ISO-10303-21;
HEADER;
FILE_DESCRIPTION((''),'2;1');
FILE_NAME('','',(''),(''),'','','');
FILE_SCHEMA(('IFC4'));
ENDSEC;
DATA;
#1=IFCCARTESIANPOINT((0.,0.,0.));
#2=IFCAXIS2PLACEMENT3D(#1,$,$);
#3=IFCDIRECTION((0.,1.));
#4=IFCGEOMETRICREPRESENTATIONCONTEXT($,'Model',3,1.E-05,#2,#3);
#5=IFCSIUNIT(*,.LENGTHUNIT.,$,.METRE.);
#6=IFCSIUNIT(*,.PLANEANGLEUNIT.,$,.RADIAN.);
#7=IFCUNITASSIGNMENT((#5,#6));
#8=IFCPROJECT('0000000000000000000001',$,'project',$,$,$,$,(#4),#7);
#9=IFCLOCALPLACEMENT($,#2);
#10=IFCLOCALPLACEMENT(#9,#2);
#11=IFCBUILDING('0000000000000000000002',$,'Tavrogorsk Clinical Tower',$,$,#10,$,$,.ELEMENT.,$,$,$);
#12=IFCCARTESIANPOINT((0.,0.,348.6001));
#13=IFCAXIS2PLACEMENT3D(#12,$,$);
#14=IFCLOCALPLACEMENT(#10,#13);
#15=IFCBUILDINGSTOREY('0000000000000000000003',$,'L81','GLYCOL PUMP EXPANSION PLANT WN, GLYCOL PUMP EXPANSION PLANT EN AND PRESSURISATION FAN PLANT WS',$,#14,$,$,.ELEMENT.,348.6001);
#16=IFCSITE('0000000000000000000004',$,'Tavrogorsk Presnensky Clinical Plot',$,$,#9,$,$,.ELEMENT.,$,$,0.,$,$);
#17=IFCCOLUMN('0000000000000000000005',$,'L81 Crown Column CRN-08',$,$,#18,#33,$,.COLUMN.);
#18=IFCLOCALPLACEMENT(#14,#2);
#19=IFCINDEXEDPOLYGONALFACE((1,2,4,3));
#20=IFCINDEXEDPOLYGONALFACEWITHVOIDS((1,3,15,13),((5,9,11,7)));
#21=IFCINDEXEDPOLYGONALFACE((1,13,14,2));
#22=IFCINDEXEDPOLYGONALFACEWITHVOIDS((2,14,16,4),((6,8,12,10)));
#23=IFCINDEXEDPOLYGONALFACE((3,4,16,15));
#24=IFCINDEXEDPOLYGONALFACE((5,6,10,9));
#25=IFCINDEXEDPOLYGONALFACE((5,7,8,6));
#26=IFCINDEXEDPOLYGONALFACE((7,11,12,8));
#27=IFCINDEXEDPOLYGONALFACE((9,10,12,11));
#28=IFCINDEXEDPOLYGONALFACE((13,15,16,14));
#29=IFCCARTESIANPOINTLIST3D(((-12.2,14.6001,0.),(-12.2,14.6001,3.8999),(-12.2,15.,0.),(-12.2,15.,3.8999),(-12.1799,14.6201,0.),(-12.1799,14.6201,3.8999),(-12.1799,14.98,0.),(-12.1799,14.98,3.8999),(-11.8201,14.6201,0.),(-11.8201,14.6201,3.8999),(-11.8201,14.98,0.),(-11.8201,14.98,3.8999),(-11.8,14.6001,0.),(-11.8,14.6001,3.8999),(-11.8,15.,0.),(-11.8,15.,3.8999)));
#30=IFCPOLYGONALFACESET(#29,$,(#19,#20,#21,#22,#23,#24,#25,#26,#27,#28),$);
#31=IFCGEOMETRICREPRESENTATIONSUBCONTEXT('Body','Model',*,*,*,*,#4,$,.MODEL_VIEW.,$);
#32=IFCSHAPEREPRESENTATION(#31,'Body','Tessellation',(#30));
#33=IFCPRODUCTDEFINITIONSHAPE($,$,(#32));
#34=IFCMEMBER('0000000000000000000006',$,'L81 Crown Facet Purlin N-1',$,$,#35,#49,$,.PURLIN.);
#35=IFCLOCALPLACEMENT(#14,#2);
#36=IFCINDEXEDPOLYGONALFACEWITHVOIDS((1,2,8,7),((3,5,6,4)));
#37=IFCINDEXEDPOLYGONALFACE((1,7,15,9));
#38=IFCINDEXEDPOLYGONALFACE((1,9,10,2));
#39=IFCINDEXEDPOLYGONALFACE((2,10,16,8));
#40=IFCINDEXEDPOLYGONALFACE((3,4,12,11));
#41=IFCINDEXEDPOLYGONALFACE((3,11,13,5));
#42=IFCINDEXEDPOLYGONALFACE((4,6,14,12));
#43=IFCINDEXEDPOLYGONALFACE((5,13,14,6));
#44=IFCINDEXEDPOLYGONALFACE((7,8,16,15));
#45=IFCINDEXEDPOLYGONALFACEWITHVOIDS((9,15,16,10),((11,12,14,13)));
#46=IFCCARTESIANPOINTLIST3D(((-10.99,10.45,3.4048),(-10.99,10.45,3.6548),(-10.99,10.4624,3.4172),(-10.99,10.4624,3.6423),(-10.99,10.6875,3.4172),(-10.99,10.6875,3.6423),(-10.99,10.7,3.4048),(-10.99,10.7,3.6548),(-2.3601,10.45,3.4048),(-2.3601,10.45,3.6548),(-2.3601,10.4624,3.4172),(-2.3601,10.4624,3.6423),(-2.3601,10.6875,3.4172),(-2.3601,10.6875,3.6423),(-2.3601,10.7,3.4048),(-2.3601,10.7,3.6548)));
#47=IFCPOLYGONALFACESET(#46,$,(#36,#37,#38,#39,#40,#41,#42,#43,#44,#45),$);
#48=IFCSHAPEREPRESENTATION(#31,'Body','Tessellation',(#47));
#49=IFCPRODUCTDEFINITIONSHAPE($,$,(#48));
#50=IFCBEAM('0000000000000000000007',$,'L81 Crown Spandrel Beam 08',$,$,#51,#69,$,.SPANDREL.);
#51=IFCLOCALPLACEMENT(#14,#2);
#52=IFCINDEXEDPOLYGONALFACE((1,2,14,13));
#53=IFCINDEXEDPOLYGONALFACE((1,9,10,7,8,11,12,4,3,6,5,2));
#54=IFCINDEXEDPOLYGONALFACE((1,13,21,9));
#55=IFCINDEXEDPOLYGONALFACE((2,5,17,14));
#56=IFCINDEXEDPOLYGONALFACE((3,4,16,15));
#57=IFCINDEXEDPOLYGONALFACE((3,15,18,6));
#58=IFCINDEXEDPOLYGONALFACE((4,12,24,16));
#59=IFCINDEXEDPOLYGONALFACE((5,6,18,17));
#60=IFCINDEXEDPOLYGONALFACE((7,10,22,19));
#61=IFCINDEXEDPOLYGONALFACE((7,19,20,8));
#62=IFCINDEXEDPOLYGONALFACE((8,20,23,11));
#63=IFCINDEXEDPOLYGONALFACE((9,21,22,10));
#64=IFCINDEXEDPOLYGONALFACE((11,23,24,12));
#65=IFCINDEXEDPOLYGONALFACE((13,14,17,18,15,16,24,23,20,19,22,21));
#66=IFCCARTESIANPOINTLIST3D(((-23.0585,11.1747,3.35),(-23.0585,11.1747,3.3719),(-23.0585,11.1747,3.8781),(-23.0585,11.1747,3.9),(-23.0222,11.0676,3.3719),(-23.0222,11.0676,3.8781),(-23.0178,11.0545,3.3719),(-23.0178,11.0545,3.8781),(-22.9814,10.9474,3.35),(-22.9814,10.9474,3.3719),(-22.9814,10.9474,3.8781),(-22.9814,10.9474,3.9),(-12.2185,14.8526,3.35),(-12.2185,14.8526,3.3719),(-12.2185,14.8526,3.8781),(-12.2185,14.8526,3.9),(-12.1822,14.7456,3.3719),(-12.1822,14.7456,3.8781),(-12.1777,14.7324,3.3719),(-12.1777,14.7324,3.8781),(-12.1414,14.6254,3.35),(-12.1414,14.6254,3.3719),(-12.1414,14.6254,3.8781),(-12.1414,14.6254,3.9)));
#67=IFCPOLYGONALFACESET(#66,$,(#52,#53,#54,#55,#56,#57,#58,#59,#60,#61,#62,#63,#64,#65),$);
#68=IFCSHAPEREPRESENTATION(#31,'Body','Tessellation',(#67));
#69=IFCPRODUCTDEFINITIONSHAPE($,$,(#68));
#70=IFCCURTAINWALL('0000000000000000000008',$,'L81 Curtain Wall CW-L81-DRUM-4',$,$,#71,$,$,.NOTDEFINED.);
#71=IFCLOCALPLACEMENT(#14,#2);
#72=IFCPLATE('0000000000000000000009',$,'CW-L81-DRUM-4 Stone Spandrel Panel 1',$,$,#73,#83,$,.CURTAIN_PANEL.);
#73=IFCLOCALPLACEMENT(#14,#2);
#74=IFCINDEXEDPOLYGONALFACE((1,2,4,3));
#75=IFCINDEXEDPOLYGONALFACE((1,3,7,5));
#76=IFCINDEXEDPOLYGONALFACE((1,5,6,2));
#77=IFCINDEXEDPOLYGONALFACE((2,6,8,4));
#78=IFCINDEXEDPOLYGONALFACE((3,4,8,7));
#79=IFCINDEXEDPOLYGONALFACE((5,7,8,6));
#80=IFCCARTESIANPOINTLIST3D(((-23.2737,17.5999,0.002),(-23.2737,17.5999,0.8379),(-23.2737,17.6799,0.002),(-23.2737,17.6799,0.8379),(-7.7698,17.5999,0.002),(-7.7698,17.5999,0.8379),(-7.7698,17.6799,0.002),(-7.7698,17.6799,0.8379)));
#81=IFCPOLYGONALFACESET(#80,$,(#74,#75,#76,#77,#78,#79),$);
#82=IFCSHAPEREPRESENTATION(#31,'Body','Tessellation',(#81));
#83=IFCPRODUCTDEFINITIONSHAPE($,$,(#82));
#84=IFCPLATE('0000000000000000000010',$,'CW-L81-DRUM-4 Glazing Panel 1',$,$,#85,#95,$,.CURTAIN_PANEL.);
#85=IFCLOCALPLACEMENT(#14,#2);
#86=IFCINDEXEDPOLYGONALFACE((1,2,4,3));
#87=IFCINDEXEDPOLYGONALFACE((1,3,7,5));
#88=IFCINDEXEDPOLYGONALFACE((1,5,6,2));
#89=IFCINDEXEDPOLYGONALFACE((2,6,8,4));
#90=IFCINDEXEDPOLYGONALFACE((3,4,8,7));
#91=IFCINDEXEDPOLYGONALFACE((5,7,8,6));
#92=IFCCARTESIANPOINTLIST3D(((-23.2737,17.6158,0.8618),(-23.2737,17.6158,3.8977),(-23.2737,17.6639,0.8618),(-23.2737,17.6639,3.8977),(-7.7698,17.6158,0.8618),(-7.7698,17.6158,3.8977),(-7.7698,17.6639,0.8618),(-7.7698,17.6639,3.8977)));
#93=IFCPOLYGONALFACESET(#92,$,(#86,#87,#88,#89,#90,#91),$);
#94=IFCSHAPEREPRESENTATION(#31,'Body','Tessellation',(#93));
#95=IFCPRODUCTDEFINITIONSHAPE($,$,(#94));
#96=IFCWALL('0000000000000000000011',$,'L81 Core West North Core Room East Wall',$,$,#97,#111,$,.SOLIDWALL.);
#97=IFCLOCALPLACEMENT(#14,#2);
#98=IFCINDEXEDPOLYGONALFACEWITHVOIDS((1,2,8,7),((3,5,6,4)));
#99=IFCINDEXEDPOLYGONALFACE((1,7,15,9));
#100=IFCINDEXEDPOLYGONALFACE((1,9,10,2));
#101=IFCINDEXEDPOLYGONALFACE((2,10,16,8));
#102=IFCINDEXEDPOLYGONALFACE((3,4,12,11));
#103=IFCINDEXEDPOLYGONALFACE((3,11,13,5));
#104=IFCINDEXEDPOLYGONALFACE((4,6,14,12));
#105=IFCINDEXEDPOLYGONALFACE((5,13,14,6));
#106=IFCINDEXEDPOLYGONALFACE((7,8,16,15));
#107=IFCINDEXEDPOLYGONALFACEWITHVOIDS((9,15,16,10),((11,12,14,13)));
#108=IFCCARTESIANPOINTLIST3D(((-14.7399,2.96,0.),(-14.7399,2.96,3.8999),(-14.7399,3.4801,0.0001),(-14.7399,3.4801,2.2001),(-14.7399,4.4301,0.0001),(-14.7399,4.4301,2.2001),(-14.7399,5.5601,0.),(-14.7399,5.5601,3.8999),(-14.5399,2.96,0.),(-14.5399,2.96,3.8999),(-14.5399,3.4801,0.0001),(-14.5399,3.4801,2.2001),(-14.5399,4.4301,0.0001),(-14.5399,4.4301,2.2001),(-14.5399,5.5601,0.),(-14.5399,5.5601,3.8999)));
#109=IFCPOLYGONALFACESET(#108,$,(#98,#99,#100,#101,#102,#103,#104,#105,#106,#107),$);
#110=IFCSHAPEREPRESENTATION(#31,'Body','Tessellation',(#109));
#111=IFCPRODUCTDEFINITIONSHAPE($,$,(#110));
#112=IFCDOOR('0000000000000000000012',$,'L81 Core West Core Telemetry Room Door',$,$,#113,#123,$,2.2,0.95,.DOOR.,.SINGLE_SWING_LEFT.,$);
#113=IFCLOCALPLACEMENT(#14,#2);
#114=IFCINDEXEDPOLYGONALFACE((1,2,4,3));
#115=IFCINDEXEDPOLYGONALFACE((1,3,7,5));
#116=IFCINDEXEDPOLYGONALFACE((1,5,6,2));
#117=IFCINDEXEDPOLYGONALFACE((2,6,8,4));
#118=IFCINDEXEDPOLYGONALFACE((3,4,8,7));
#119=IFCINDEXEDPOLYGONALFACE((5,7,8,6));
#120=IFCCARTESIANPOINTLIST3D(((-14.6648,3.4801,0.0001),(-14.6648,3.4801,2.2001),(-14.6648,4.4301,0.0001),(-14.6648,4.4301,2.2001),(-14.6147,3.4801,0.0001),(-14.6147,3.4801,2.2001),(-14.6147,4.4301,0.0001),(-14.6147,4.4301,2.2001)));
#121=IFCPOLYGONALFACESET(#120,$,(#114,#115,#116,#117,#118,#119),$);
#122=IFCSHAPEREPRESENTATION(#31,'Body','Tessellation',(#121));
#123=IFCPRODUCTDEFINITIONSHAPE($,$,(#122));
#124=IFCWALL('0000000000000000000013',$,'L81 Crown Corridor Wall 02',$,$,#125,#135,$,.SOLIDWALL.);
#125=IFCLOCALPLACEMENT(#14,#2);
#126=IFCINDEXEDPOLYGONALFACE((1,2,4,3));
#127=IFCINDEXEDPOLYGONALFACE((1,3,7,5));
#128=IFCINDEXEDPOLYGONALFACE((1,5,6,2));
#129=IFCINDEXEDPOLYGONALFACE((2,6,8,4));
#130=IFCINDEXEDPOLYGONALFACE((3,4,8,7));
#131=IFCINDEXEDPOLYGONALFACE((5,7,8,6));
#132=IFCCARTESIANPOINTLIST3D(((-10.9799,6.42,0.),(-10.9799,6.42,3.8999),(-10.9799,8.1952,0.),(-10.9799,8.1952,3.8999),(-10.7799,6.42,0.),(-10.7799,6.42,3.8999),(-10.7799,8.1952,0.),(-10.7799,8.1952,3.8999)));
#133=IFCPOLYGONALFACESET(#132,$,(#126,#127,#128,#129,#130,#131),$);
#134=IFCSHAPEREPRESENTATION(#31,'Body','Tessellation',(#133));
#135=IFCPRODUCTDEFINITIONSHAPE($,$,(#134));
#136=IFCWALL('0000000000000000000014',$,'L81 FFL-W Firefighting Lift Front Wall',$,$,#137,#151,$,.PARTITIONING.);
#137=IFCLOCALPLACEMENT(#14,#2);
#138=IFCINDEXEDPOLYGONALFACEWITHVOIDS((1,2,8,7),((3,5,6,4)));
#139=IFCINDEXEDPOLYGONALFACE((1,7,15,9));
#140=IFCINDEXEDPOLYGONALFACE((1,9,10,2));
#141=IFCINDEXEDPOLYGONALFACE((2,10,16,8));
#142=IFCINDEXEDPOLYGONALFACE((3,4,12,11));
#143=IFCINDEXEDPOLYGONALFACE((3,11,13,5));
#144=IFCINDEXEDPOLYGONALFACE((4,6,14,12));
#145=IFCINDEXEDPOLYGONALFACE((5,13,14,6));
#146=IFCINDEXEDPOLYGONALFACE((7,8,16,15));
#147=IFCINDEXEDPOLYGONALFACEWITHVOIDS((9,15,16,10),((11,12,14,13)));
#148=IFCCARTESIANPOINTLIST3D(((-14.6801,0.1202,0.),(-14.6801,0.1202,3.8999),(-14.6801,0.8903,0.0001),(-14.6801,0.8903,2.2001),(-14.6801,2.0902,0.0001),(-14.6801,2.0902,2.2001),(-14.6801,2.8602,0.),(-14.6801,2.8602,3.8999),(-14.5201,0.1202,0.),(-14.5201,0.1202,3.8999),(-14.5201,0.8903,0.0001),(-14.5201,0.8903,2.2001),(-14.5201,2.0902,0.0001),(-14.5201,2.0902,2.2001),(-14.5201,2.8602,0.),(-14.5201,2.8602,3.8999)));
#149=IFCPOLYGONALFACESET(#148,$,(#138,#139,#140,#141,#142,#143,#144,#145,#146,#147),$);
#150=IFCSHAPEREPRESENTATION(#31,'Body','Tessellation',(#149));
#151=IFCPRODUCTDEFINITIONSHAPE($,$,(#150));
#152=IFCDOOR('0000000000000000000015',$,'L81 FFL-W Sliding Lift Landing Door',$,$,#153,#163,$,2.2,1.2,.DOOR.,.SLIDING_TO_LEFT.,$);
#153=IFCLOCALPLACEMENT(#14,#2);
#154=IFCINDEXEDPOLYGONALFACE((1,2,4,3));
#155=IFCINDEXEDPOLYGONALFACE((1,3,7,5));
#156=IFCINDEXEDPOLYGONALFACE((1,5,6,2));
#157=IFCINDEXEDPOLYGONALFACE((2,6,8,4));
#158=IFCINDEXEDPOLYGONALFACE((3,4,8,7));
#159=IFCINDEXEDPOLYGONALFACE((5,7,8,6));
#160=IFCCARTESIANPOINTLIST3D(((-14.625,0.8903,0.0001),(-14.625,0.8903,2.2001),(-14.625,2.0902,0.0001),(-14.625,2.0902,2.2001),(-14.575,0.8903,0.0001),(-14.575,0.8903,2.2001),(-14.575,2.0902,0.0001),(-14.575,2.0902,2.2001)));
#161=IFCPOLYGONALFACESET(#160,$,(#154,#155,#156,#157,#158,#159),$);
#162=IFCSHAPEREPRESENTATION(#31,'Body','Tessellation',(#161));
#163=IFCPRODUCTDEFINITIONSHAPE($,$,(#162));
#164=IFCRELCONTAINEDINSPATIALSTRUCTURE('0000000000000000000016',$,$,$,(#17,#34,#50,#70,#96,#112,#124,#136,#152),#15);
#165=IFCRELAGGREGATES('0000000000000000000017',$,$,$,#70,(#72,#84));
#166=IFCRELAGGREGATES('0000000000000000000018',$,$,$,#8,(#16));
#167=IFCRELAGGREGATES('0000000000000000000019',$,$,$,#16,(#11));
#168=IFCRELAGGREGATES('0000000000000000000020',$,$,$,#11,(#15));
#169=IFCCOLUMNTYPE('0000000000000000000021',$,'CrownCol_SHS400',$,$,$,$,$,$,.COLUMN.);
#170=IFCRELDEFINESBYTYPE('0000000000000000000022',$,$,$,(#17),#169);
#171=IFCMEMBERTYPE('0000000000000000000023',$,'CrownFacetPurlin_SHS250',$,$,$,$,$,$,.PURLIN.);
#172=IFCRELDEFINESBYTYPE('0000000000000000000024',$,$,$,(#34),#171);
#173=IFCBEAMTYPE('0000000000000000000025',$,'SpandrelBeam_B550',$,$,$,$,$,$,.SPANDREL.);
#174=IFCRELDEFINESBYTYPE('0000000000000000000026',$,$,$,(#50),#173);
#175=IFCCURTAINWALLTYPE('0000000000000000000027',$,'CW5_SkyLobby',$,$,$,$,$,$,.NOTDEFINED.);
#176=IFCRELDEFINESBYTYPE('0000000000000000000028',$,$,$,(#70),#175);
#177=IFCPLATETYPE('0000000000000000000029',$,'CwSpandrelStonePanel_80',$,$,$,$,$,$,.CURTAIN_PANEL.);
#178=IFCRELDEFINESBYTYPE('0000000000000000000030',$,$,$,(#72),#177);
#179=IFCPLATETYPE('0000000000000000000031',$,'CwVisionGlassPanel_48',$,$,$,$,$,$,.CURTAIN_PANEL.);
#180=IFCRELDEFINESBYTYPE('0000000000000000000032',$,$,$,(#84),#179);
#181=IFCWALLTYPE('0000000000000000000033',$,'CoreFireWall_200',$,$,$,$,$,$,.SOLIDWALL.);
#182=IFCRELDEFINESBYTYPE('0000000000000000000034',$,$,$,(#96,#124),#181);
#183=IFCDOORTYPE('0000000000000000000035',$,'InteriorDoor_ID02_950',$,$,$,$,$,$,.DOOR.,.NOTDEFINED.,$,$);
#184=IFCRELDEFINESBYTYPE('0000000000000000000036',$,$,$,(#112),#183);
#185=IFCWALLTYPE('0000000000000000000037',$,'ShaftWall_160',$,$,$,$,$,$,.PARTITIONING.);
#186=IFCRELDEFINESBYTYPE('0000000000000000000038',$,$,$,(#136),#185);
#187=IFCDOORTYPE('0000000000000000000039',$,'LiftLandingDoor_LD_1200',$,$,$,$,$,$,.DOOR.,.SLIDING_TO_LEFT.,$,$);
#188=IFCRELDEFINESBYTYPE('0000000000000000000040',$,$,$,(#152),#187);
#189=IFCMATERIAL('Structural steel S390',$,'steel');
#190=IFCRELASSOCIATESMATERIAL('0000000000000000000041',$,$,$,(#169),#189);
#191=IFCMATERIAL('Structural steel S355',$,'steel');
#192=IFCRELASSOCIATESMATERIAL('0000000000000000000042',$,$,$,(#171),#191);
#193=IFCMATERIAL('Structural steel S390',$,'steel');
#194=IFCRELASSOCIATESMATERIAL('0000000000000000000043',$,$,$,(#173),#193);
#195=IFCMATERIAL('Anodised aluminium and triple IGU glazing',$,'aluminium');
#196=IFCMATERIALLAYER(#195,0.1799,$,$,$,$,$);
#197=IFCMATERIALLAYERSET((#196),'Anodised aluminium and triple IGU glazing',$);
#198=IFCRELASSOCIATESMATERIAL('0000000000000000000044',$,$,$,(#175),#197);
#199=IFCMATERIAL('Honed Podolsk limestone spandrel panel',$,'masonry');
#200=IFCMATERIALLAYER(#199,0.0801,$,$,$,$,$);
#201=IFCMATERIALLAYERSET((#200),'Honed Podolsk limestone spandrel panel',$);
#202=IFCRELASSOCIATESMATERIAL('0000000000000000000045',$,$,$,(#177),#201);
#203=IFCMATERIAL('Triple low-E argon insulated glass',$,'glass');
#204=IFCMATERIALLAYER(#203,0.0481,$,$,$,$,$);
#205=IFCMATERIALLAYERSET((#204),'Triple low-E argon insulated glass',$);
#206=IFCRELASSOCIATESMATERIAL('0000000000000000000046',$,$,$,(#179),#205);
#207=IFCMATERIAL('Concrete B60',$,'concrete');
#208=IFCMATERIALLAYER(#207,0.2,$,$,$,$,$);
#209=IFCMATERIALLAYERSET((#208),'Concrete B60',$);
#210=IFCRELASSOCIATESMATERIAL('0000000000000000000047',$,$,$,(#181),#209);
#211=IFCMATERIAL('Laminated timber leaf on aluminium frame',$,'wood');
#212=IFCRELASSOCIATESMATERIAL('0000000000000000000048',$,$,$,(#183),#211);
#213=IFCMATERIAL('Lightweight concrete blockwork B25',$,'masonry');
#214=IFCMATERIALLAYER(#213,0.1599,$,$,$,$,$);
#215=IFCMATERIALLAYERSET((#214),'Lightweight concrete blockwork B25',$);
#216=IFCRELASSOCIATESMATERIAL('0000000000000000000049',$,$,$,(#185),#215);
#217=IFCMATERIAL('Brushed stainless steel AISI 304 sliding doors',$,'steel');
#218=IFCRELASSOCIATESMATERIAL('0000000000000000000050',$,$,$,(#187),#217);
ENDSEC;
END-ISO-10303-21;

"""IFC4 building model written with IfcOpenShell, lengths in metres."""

from ifc_helpers import new_model, si_unit, direction, frame, frame_2d, origin, origin_2d, place, context, subcontext, project, spatial, rectangle, hollow_rectangle, i_section, extrude, material, layer, layer_set, material_profile, profile_set, type_object, element, fill, aggregate, save


model = new_model("IFC4")

# Units and contexts
model_context = context("Model", 3, precision=1e-05, world=origin(), true_north=direction((0.0, 1.0)))
body_context = subcontext(model_context, "Body", "Model", "MODEL_VIEW")
ifc_project = project(units=[si_unit("LENGTHUNIT", "METRE"), si_unit("PLANEANGLEUNIT", "RADIAN")], contexts=[model_context])

# Site, building, storey
site_placement = place(None, origin())
site = spatial("IfcSite", under=ifc_project, at=site_placement, Name="Tavrogorsk Presnensky Clinical Plot", CompositionType="ELEMENT", RefElevation=0.0)
building_placement = place(site_placement, origin())
building = spatial("IfcBuilding", under=site, at=building_placement, Name="Tavrogorsk Clinical Tower", CompositionType="ELEMENT")
storey_placement = place(building_placement, frame((0.0, 0.0, 348.6001)))
storey = spatial("IfcBuildingStorey", under=building, at=storey_placement, Name="L81", Description="GLYCOL PUMP EXPANSION PLANT WN, GLYCOL PUMP EXPANSION PLANT EN AND PRESSURISATION FAN PLANT WS", CompositionType="ELEMENT", Elevation=348.6001)

# Column
ifc_material_1 = material(Name="Structural steel S390", Category="steel")
ifc_material_profile_1 = material_profile(ifc_material_1, hollow_rectangle(XDim=0.3999, YDim=0.3999, WallThickness=0.02, at=origin_2d()), Name="SHS-400x400x20")
ifc_profile_set_1 = profile_set([ifc_material_profile_1], Name="Structural steel S390")
column_type = type_object("IfcColumnType", Name="CrownCol_SHS400", PredefinedType="COLUMN", material=ifc_profile_set_1)
column_placement = place(storey_placement, frame((-12.0, 14.8, 0.0), z_axis=(0.0, 0.0, 1.0), x_axis=(1.0, 0.0, 0.0)))
element("IfcColumn", 1, at=column_placement, inside=storey, type_object=column_type, Name="L81 Crown Column CRN-08", PredefinedType="COLUMN", context=body_context, shape_type="SweptSolid", body=[
    extrude(hollow_rectangle(XDim=0.3999, YDim=0.3999, WallThickness=0.02, at=origin_2d()), origin(), (0.0, 0.0, 1.0), 3.8999),
])

# Member
ifc_material_2 = material(Name="Structural steel S355", Category="steel")
ifc_material_profile_2 = material_profile(ifc_material_2, hollow_rectangle(XDim=0.25, YDim=0.25, WallThickness=0.0125, at=origin_2d()), Name="SHS-250x250x12.5")
ifc_profile_set_2 = profile_set([ifc_material_profile_2], Name="Structural steel S355")
member_type = type_object("IfcMemberType", Name="CrownFacetPurlin_SHS250", PredefinedType="PURLIN", material=ifc_profile_set_2)
member_placement = place(storey_placement, frame((-10.99, 10.575, 3.5298), z_axis=(1.0, 0.0, 0.0), x_axis=(0.0, 1.0, 0.0)))
element("IfcMember", 2, at=member_placement, inside=storey, type_object=member_type, Name="L81 Crown Facet Purlin N-1", PredefinedType="PURLIN", context=body_context, shape_type="SweptSolid", body=[
    extrude(hollow_rectangle(XDim=0.25, YDim=0.25, WallThickness=0.0125, at=origin_2d()), origin(), (0.0, 0.0, 1.0), 8.6299),
])

# Beam
ifc_material_3 = material(Name="Structural steel S390", Category="steel")
ifc_material_profile_3 = material_profile(ifc_material_3, i_section(OverallWidth=0.24, OverallDepth=0.55, WebThickness=0.0139, FlangeThickness=0.022, at=origin_2d()), Name="B-550x240x14x22")
ifc_profile_set_3 = profile_set([ifc_material_profile_3], Name="Structural steel S390")
beam_type = type_object("IfcBeamType", Name="SpandrelBeam_B550", PredefinedType="SPANDREL", material=ifc_profile_set_3)
beam_placement = place(storey_placement, frame((-12.1799, 14.739, 3.625), z_axis=(-0.946976, -0.321304, 0.0), x_axis=(0.321304, -0.946976, 0.0)))
element("IfcBeam", 3, at=beam_placement, inside=storey, type_object=beam_type, Name="L81 Crown Spandrel Beam 08", PredefinedType="SPANDREL", context=body_context, shape_type="SweptSolid", body=[
    extrude(i_section(OverallWidth=0.24, OverallDepth=0.55, WebThickness=0.0139, FlangeThickness=0.022, at=origin_2d()), origin(), (0.0, 0.0, 1.0), 11.447),
])

# Curtain wall, plates
ifc_material_4 = material(Name="Anodised aluminium and triple IGU glazing", Category="aluminium")
ifc_layer_1 = layer(ifc_material_4, 0.1799)
ifc_layer_set_1 = layer_set([ifc_layer_1], Name="Anodised aluminium and triple IGU glazing")
curtain_wall_type = type_object("IfcCurtainWallType", Name="CW5_SkyLobby", PredefinedType="NOTDEFINED", material=ifc_layer_set_1)
curtain_wall_placement = place(storey_placement, origin())
curtain_wall = element("IfcCurtainWall", 4, at=curtain_wall_placement, inside=storey, type_object=curtain_wall_type, Name="L81 Curtain Wall CW-L81-DRUM-4", PredefinedType="NOTDEFINED")
ifc_material_5 = material(Name="Honed Podolsk limestone spandrel panel", Category="masonry")
ifc_layer_2 = layer(ifc_material_5, 0.0801)
ifc_layer_set_2 = layer_set([ifc_layer_2], Name="Honed Podolsk limestone spandrel panel")
plate_type_1 = type_object("IfcPlateType", Name="CwSpandrelStonePanel_80", PredefinedType="CURTAIN_PANEL", material=ifc_layer_set_2)
plate_1_placement = place(storey_placement, frame((-15.5217, 17.6399, 0.002), z_axis=(0.0, 0.0, 1.0), x_axis=(1.0, 0.0, 0.0)))
plate_1 = element("IfcPlate", 5, at=plate_1_placement, type_object=plate_type_1, Name="CW-L81-DRUM-4 Stone Spandrel Panel 1", PredefinedType="CURTAIN_PANEL", context=body_context, shape_type="SweptSolid", body=[
    extrude(rectangle(XDim=15.5039, YDim=0.0801, at=origin_2d()), origin(), (0.0, 0.0, 1.0), 0.8359),
])
ifc_material_6 = material(Name="Triple low-E argon insulated glass", Category="glass")
ifc_layer_3 = layer(ifc_material_6, 0.0481)
ifc_layer_set_3 = layer_set([ifc_layer_3], Name="Triple low-E argon insulated glass")
plate_type_2 = type_object("IfcPlateType", Name="CwVisionGlassPanel_48", PredefinedType="CURTAIN_PANEL", material=ifc_layer_set_3)
plate_2_placement = place(storey_placement, frame((-15.5217, 17.6399, 0.8618), z_axis=(0.0, 0.0, 1.0), x_axis=(1.0, 0.0, 0.0)))
plate_2 = element("IfcPlate", 6, at=plate_2_placement, type_object=plate_type_2, Name="CW-L81-DRUM-4 Glazing Panel 1", PredefinedType="CURTAIN_PANEL", context=body_context, shape_type="SweptSolid", body=[
    extrude(rectangle(XDim=15.5039, YDim=0.0481, at=origin_2d()), origin(), (0.0, 0.0, 1.0), 3.0359),
])
aggregate(curtain_wall, [plate_1, plate_2])

# Wall, opening, door
ifc_material_7 = material(Name="Concrete B60", Category="concrete")
ifc_layer_4 = layer(ifc_material_7, 0.2)
ifc_layer_set_4 = layer_set([ifc_layer_4], Name="Concrete B60")
wall_type_1 = type_object("IfcWallType", Name="CoreFireWall_200", PredefinedType="SOLIDWALL", material=ifc_layer_set_4)
wall_1_placement = place(storey_placement, frame((-14.6399, 2.96, 0.0), z_axis=(0.0, 0.0, 1.0), x_axis=(0.0, 1.0, 0.0)))
wall_1 = element("IfcWall", 7, at=wall_1_placement, inside=storey, type_object=wall_type_1, Name="L81 Core West North Core Room East Wall", PredefinedType="SOLIDWALL", context=body_context, shape_type="SweptSolid", body=[
    extrude(rectangle(XDim=2.6001, YDim=0.2, at=frame_2d((1.3, 0.0))), origin(), (0.0, 0.0, 1.0), 3.8999),
])
opening_1_placement = place(wall_1_placement, frame((0.52, 0.0, 0.0)))
opening_1 = element("IfcOpeningElement", 8, at=opening_1_placement, cuts=wall_1, PredefinedType="OPENING", context=body_context, shape_type="SweptSolid", body=[
    extrude(rectangle(XDim=0.95, YDim=2.2, at=frame_2d((0.4751, 1.1001))), frame((0.0, 0.1099, 0.0), z_axis=(0.0, -1.0, 0.0), x_axis=(1.0, 0.0, 0.0)), (0.0, 0.0, 1.0), 0.22),
])
ifc_material_8 = material(Name="Laminated timber leaf on aluminium frame", Category="wood")
door_type_1 = type_object("IfcDoorType", Name="InteriorDoor_ID02_950", OperationType="NOTDEFINED", PredefinedType="DOOR", material=ifc_material_8)
door_1_placement = place(opening_1_placement, origin())
door_1 = element("IfcDoor", 9, at=door_1_placement, inside=storey, type_object=door_type_1, Name="L81 Core West Core Telemetry Room Door", OperationType="SINGLE_SWING_LEFT", OverallHeight=2.2, OverallWidth=0.95, PredefinedType="DOOR", context=body_context, shape_type="SweptSolid", body=[
    extrude(rectangle(XDim=0.95, YDim=2.2, at=frame_2d((0.4751, 1.1001))), frame((0.0, 0.0249, 0.0), z_axis=(0.0, -1.0, 0.0), x_axis=(1.0, 0.0, 0.0)), (0.0, 0.0, 1.0), 0.05),
])
fill(opening_1, door_1)

# Wall
wall_2_placement = place(storey_placement, frame((-10.8799, 6.4199, 0.0), z_axis=(0.0, 0.0, 1.0), x_axis=(0.0, 1.0, 0.0)))
element("IfcWall", 10, at=wall_2_placement, inside=storey, type_object=wall_type_1, Name="L81 Crown Corridor Wall 02", PredefinedType="SOLIDWALL", context=body_context, shape_type="SweptSolid", body=[
    extrude(rectangle(XDim=1.7751, YDim=0.2, at=frame_2d((0.8877, 0.0))), origin(), (0.0, 0.0, 1.0), 3.8999),
])

# Wall, opening, door
ifc_material_9 = material(Name="Lightweight concrete blockwork B25", Category="masonry")
ifc_layer_5 = layer(ifc_material_9, 0.1599)
ifc_layer_set_5 = layer_set([ifc_layer_5], Name="Lightweight concrete blockwork B25")
wall_type_2 = type_object("IfcWallType", Name="ShaftWall_160", PredefinedType="PARTITIONING", material=ifc_layer_set_5)
wall_3_placement = place(storey_placement, frame((-14.6001, 0.1201, 0.0), z_axis=(0.0, 0.0, 1.0), x_axis=(0.0, 1.0, 0.0)))
wall_3 = element("IfcWall", 11, at=wall_3_placement, inside=storey, type_object=wall_type_2, Name="L81 FFL-W Firefighting Lift Front Wall", PredefinedType="PARTITIONING", context=body_context, shape_type="SweptSolid", body=[
    extrude(rectangle(XDim=2.74, YDim=0.1599, at=frame_2d((1.3701, 0.0))), origin(), (0.0, 0.0, 1.0), 3.8999),
])
opening_2_placement = place(wall_3_placement, frame((0.77, 0.0, 0.0)))
opening_2 = element("IfcOpeningElement", 12, at=opening_2_placement, cuts=wall_3, PredefinedType="OPENING", context=body_context, shape_type="SweptSolid", body=[
    extrude(rectangle(XDim=1.2, YDim=2.2, at=frame_2d((0.6001, 1.1001))), frame((0.0, 0.0898, 0.0), z_axis=(0.0, -1.0, 0.0), x_axis=(1.0, 0.0, 0.0)), (0.0, 0.0, 1.0), 0.1799),
])
ifc_material_10 = material(Name="Brushed stainless steel AISI 304 sliding doors", Category="steel")
door_type_2 = type_object("IfcDoorType", Name="LiftLandingDoor_LD_1200", OperationType="SLIDING_TO_LEFT", PredefinedType="DOOR", material=ifc_material_10)
door_2_placement = place(opening_2_placement, origin())
door_2 = element("IfcDoor", 13, at=door_2_placement, inside=storey, type_object=door_type_2, Name="L81 FFL-W Sliding Lift Landing Door", OperationType="SLIDING_TO_LEFT", OverallHeight=2.2, OverallWidth=1.2, PredefinedType="DOOR", context=body_context, shape_type="SweptSolid", body=[
    extrude(rectangle(XDim=1.2, YDim=2.2, at=frame_2d((0.6001, 1.1001))), frame((0.0, 0.0249, 0.0), z_axis=(0.0, -1.0, 0.0), x_axis=(1.0, 0.0, 0.0)), (0.0, 0.0, 1.0), 0.05),
])
fill(opening_2, door_2)

save(model, "model.ifc")
